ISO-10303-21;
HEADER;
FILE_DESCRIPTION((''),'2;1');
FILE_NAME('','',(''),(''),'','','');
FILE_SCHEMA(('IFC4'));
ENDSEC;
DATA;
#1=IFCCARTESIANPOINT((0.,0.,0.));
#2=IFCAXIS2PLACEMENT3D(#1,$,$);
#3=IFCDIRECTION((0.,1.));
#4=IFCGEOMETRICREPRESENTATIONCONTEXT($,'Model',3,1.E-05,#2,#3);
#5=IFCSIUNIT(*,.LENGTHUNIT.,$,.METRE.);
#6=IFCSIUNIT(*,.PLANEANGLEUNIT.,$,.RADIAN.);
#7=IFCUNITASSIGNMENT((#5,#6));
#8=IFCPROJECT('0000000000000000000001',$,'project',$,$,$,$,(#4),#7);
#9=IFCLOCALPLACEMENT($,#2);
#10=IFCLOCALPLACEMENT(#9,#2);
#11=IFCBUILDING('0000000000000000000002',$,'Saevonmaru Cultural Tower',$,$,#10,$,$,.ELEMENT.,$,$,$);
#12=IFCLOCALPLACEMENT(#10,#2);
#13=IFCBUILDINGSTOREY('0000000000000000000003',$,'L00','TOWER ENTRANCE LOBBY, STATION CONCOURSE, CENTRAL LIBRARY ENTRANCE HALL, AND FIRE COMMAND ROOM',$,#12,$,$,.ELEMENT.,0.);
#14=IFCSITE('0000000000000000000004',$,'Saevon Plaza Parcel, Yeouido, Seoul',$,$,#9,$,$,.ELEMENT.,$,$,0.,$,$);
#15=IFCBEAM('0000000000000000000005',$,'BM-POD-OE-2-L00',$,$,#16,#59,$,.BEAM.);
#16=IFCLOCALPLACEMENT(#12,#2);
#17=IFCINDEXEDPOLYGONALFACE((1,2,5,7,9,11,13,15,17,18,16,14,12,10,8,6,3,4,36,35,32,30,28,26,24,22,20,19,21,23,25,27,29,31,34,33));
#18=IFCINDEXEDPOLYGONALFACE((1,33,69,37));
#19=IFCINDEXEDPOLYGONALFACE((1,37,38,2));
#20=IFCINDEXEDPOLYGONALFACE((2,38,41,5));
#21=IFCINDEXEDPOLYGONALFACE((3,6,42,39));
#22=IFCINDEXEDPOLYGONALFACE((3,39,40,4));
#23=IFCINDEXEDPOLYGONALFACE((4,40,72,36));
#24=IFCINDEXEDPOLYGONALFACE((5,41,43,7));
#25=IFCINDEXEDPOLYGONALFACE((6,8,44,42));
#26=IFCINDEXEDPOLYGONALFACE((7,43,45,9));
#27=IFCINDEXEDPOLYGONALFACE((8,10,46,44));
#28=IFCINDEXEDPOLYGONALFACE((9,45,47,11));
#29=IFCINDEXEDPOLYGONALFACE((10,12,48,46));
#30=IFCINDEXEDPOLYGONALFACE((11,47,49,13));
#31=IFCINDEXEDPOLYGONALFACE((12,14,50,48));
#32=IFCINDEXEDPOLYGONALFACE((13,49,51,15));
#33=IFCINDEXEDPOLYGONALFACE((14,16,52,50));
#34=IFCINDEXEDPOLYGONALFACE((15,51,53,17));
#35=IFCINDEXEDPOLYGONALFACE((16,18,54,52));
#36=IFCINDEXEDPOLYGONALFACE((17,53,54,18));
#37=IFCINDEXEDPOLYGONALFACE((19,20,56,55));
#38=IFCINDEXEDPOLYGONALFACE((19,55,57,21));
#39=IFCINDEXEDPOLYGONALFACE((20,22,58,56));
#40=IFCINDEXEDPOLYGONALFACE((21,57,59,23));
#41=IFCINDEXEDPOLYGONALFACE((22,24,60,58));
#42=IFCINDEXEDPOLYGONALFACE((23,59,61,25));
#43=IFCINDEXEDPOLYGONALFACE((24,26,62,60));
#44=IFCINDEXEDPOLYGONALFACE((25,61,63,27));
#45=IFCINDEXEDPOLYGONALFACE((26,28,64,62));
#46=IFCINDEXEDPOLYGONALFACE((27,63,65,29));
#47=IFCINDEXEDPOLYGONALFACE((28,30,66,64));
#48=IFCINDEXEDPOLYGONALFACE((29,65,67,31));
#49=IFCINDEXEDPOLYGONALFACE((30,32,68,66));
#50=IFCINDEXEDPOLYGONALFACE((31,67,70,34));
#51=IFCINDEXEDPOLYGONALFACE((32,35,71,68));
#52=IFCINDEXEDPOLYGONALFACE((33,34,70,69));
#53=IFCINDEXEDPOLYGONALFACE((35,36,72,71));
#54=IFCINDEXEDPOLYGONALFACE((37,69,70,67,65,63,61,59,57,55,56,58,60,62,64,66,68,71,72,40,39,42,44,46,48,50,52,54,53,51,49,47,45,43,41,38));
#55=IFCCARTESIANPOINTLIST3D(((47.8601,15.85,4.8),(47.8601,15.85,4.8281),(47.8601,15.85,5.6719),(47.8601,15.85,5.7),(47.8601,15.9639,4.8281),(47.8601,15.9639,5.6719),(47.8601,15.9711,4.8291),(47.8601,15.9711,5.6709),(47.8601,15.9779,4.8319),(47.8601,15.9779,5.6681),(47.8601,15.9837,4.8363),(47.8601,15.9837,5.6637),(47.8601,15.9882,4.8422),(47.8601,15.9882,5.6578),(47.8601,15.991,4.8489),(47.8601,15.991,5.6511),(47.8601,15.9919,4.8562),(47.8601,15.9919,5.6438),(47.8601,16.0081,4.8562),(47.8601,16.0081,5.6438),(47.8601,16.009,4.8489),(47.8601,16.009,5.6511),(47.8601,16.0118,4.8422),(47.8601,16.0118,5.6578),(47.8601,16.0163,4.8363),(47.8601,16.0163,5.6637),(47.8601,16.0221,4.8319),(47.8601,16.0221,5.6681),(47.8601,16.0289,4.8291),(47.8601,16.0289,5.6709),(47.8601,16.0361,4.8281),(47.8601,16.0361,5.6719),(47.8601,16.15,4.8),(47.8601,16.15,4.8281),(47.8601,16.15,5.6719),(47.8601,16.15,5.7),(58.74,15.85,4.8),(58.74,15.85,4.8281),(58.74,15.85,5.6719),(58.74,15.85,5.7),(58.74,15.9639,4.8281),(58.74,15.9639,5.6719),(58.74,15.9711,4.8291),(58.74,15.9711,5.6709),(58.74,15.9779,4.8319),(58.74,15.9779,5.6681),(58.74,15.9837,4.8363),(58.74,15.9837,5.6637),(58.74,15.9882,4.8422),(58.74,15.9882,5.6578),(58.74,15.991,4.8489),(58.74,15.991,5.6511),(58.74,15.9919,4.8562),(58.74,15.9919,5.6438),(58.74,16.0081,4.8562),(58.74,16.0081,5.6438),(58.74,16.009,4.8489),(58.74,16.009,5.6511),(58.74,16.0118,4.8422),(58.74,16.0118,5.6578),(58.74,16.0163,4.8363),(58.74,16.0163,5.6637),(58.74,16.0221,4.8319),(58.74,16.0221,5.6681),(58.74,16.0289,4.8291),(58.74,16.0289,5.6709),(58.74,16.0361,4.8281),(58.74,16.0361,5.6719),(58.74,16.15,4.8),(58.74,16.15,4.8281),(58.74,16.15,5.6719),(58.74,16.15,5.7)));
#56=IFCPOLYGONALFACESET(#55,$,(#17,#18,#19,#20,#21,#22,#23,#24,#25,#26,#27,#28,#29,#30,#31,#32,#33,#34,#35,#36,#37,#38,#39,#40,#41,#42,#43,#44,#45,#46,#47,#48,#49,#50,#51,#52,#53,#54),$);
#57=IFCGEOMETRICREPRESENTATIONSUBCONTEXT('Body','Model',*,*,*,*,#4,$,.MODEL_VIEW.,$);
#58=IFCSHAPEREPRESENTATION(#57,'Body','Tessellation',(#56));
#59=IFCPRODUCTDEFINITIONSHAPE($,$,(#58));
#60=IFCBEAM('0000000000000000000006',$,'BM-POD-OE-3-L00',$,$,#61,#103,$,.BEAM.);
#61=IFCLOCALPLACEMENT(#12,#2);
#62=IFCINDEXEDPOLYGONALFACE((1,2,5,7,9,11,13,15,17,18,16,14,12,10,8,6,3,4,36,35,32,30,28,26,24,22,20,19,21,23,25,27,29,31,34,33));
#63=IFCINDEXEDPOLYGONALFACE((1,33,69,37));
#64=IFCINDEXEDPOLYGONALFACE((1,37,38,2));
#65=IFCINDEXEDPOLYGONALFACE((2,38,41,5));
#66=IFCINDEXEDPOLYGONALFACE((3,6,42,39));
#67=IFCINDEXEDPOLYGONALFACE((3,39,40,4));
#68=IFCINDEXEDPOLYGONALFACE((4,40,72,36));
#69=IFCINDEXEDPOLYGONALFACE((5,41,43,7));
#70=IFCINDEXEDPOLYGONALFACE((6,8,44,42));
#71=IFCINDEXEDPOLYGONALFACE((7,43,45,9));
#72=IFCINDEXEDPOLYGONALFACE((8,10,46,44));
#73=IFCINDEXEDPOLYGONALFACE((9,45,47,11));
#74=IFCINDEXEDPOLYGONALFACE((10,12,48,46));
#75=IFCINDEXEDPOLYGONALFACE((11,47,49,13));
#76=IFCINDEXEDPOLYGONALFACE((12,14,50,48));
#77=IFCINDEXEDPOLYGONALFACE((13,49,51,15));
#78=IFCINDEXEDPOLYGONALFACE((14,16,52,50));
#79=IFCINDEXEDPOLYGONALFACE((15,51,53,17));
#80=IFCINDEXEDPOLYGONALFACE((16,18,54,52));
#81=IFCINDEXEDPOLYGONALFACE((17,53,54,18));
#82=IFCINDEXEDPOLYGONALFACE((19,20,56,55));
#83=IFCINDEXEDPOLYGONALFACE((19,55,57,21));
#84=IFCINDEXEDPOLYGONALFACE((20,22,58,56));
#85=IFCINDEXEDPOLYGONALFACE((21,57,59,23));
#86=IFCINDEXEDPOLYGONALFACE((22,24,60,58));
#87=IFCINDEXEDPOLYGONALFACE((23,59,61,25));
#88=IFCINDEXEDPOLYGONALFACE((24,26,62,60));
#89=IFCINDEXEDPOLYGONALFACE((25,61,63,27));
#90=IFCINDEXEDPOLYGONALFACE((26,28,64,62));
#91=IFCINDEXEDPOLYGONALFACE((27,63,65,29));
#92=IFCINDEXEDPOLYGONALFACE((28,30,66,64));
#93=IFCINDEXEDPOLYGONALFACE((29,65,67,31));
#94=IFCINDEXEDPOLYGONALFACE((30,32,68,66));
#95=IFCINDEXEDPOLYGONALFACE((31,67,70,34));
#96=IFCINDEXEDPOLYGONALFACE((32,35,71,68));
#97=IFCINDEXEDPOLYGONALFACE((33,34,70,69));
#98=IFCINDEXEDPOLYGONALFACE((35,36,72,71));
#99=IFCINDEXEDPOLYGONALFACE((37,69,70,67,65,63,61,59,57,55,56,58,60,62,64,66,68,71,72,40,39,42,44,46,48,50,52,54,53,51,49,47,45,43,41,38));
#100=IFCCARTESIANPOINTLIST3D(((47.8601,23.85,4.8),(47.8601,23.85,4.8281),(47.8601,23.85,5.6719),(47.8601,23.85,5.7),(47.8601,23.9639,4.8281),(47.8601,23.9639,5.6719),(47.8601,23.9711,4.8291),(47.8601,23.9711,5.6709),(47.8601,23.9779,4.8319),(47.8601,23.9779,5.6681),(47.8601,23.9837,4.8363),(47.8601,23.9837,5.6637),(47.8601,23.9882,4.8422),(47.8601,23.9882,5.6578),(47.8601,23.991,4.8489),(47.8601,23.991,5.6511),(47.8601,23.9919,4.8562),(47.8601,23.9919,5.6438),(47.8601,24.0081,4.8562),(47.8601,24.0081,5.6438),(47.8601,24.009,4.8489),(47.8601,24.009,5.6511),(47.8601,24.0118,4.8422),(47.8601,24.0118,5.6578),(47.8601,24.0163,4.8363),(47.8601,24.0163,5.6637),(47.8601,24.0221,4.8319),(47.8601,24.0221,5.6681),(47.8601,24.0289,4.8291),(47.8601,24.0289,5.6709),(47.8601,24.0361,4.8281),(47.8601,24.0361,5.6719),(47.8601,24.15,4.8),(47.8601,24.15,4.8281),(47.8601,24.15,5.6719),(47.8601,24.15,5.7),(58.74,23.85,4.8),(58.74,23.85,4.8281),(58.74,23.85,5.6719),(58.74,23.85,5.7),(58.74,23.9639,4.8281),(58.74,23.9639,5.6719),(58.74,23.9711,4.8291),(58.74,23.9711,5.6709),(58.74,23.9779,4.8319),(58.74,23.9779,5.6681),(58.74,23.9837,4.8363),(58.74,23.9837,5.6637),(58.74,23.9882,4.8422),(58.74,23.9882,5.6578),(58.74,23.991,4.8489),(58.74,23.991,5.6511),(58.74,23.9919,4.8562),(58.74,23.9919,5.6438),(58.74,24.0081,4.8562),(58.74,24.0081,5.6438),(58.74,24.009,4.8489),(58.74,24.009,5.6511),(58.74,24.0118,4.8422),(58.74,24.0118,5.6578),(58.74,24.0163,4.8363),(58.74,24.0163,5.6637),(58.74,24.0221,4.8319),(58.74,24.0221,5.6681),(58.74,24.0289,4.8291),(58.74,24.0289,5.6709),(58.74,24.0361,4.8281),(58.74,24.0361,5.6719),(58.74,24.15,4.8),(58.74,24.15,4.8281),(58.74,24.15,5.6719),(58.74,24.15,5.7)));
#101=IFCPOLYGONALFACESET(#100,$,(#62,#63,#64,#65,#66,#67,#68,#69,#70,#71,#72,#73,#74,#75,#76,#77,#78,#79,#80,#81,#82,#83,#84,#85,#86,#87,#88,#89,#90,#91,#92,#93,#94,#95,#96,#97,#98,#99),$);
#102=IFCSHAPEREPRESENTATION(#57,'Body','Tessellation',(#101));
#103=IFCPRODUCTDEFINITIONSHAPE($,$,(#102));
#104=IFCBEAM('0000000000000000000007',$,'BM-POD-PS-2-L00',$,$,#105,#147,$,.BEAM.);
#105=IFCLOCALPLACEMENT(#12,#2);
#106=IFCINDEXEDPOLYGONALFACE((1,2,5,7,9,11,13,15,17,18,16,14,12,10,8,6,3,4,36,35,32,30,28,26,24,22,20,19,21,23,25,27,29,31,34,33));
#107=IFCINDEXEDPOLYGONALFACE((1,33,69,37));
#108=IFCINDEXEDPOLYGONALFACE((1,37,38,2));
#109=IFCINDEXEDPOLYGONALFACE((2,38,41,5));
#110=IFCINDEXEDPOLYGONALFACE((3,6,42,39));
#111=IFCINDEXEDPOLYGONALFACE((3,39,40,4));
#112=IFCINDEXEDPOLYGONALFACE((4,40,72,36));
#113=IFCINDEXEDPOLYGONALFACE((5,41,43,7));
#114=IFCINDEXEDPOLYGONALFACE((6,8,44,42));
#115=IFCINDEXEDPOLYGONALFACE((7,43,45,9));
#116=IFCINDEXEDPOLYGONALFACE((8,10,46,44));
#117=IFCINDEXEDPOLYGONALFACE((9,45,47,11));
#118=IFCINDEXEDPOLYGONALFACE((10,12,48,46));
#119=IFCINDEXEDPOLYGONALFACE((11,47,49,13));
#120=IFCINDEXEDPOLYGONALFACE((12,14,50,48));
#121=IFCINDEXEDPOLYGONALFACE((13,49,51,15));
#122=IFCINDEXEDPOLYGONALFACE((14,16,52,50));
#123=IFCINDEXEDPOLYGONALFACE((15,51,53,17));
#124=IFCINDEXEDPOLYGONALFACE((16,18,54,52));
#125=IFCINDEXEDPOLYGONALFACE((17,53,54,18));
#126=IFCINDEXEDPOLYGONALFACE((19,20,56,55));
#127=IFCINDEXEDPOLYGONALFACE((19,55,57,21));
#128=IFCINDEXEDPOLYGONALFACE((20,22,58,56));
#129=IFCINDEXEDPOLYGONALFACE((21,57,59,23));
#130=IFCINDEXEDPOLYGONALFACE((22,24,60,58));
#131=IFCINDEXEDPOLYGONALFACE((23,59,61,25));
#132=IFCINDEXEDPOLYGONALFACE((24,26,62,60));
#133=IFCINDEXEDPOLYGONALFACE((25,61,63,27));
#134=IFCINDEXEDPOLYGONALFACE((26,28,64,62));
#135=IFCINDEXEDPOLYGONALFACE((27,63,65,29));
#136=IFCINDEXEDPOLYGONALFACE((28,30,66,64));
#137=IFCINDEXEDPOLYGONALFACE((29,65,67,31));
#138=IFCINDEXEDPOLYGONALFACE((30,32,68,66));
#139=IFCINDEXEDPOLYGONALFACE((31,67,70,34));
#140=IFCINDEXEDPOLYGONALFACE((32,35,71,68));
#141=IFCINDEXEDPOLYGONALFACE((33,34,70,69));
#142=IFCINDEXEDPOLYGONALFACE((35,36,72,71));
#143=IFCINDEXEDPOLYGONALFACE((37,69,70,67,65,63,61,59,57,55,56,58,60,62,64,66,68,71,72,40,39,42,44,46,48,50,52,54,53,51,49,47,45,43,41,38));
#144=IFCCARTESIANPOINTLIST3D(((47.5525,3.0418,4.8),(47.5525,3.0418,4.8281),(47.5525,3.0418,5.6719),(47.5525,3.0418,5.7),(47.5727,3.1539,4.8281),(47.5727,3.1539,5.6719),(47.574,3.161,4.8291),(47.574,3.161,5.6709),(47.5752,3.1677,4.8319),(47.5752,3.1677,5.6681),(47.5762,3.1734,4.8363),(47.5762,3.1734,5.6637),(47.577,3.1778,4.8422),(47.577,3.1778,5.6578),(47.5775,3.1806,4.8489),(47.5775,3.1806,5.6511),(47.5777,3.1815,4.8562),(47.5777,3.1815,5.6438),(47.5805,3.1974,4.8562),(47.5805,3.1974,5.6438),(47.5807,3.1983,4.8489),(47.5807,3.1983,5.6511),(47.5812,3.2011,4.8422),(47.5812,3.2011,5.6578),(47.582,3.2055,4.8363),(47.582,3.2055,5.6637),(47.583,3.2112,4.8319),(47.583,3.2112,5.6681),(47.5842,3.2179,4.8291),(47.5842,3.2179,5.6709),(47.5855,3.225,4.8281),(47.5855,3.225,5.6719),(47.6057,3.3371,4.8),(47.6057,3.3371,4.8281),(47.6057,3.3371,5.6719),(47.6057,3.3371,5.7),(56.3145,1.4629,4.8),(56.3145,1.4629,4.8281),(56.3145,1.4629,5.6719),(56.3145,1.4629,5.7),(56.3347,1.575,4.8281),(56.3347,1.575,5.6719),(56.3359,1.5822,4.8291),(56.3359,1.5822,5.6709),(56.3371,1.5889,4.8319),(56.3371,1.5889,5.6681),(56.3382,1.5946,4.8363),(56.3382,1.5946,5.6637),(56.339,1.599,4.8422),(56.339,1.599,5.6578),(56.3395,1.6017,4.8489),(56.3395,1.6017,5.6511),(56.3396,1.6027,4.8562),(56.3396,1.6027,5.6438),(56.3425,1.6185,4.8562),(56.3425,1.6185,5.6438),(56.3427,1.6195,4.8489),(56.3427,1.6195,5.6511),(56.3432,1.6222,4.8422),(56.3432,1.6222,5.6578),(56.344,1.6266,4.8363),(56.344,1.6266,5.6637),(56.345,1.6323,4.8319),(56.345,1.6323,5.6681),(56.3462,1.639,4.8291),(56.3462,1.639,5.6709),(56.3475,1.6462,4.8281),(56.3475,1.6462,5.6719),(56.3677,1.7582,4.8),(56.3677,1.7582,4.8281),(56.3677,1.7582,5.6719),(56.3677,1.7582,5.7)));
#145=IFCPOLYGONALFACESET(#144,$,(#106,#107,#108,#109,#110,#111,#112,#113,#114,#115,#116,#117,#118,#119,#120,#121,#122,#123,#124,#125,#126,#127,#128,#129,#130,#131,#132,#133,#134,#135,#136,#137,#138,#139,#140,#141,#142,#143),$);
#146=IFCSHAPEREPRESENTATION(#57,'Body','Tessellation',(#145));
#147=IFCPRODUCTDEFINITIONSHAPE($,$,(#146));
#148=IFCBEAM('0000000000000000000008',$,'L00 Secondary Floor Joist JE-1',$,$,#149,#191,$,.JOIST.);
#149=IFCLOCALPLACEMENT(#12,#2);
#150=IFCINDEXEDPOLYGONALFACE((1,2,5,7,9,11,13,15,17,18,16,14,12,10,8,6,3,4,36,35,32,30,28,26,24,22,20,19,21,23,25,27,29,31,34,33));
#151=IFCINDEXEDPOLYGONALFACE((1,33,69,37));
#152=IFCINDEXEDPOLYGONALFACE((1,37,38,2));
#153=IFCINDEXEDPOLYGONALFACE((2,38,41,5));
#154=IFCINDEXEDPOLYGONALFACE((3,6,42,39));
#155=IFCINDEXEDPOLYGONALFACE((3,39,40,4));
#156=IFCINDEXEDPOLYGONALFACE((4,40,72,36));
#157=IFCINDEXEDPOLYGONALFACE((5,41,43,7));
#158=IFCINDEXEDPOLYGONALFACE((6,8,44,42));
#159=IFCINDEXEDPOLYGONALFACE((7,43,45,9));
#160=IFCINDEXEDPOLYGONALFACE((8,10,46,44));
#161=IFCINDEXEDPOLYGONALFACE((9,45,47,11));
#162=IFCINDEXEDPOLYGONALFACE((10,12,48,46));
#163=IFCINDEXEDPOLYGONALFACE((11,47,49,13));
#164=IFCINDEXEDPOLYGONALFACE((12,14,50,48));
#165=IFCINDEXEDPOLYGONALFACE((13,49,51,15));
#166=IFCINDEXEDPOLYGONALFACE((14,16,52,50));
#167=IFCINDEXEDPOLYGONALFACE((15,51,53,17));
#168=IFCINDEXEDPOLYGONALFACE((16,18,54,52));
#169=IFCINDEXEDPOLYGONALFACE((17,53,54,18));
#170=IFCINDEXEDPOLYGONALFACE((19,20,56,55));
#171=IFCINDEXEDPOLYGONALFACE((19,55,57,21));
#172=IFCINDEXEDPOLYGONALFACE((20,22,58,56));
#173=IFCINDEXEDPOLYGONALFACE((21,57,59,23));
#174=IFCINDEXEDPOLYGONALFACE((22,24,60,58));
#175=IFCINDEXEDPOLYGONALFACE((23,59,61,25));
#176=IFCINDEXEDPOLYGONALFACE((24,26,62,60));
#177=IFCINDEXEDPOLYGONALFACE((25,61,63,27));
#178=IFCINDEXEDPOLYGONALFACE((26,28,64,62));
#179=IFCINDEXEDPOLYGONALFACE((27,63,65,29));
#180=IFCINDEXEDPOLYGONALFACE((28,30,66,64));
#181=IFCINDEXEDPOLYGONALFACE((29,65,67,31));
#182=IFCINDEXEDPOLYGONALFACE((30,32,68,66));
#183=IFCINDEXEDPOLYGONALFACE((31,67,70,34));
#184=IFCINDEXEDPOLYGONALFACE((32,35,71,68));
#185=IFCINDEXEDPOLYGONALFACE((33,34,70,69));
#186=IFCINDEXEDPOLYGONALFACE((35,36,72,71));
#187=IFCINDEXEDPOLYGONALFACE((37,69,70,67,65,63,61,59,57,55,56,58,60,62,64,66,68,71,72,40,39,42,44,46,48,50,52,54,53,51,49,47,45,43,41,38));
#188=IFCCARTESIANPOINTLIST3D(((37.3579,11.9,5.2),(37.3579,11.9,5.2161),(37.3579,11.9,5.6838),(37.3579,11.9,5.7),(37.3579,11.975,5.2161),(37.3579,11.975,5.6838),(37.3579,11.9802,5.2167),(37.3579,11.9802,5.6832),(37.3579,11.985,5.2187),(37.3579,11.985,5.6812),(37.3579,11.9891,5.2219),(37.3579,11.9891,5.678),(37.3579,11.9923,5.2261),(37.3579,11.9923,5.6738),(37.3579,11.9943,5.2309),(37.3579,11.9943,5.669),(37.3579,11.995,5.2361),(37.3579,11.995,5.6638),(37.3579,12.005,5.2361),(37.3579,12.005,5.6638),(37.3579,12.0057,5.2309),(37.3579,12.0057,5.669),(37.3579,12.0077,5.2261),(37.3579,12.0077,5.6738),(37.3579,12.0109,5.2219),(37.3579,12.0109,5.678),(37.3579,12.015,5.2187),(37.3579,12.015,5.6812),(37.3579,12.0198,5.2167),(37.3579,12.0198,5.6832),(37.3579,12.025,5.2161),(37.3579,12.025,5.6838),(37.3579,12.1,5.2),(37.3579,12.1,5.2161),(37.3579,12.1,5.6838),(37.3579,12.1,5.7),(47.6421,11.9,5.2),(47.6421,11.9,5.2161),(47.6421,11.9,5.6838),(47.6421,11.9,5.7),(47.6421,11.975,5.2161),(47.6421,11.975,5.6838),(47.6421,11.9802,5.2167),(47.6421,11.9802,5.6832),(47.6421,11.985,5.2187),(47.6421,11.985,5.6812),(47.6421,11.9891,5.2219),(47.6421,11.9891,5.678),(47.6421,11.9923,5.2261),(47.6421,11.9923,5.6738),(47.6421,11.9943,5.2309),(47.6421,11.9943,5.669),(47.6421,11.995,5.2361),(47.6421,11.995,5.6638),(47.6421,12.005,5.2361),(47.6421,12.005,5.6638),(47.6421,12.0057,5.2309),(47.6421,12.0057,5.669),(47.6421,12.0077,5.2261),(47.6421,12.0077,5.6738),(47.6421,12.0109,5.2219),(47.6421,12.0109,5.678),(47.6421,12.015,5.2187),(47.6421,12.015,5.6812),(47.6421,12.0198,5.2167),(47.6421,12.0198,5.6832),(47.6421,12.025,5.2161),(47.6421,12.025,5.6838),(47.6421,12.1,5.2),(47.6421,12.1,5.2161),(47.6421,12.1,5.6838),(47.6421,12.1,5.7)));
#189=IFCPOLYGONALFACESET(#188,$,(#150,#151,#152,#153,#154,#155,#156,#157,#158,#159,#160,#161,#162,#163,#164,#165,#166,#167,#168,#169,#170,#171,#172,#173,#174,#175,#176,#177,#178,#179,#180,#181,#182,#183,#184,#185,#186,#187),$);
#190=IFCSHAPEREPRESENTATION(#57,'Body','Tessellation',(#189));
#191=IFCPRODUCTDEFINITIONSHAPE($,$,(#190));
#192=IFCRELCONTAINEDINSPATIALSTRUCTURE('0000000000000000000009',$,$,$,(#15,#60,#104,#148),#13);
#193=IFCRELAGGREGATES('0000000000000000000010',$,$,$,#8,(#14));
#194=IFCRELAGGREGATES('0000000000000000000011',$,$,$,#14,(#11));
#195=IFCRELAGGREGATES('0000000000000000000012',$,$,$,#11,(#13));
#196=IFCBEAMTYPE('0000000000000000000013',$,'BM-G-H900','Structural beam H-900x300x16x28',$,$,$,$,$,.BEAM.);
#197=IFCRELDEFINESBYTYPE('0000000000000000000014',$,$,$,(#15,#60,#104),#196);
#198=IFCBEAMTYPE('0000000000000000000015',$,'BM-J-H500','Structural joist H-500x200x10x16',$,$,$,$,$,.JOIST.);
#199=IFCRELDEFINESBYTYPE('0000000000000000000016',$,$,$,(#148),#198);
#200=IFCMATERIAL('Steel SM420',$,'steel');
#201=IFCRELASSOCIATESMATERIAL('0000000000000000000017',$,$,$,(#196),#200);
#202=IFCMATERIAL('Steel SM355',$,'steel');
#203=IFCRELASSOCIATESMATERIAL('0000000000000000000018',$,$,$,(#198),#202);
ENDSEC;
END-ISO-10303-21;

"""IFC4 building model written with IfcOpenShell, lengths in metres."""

from ifc_helpers import new_model, si_unit, direction, frame, origin, origin_2d, place, context, subcontext, project, spatial, i_section, extrude, material, material_profile, profile_set, type_object, element, save


model = new_model("IFC4")

# Units and contexts
model_context = context("Model", 3, precision=1e-05, world=origin(), true_north=direction((0.0, 1.0)))
body_context = subcontext(model_context, "Body", "Model", "MODEL_VIEW")
ifc_project = project(units=[si_unit("LENGTHUNIT", "METRE"), si_unit("PLANEANGLEUNIT", "RADIAN")], contexts=[model_context])

# Site, building, storey
site_placement = place(None, origin())
site = spatial("IfcSite", under=ifc_project, at=site_placement, Name="Saevon Plaza Parcel, Yeouido, Seoul", CompositionType="ELEMENT", RefElevation=0.0)
building_placement = place(site_placement, origin())
building = spatial("IfcBuilding", under=site, at=building_placement, Name="Saevonmaru Cultural Tower", CompositionType="ELEMENT")
storey_placement = place(building_placement, origin())
storey = spatial("IfcBuildingStorey", under=building, at=storey_placement, Name="L00", Description="TOWER ENTRANCE LOBBY, STATION CONCOURSE, CENTRAL LIBRARY ENTRANCE HALL, AND FIRE COMMAND ROOM", CompositionType="ELEMENT", Elevation=0.0)

# Beams
ifc_material_1 = material(Name="Steel SM420", Category="steel")
ifc_material_profile_1 = material_profile(ifc_material_1, i_section(OverallWidth=0.3, OverallDepth=0.8999, WebThickness=0.0161, FlangeThickness=0.0281, FilletRadius=0.0281, at=origin_2d()), Name="H-900x300x16x28")
ifc_profile_set_1 = profile_set([ifc_material_profile_1], Name="Steel SM420")
beam_type_1 = type_object("IfcBeamType", Name="BM-G-H900", Description="Structural beam H-900x300x16x28", PredefinedType="BEAM", material=ifc_profile_set_1)
for number, where, z_axis, x_axis, name in (
    (1, (47.8601, 16.0, 5.25), (1.0, 0.0, 0.0), (0.0, 1.0, 0.0), "BM-POD-OE-2-L00"),
    (2, (47.8601, 24.0, 5.25), (1.0, 0.0, 0.0), (0.0, 1.0, 0.0), "BM-POD-OE-3-L00"),
):
    element("IfcBeam", number, at=place(storey_placement, frame(where, z_axis=z_axis, x_axis=x_axis)), inside=storey, type_object=beam_type_1, Name=name, PredefinedType="BEAM", context=body_context, shape_type="SweptSolid", body=[
        extrude(i_section(OverallWidth=0.3, OverallDepth=0.8999, WebThickness=0.0161, FlangeThickness=0.0281, FilletRadius=0.0281, at=origin_2d()), origin(), (0.0, 0.0, 1.0), 10.8799),
    ])
beam_1_placement = place(storey_placement, frame((47.5791, 3.1895, 5.25), z_axis=(0.98415, -0.177338, 0.0), x_axis=(0.177338, 0.98415, 0.0)))
element("IfcBeam", 3, at=beam_1_placement, inside=storey, type_object=beam_type_1, Name="BM-POD-PS-2-L00", PredefinedType="BEAM", context=body_context, shape_type="SweptSolid", body=[
    extrude(i_section(OverallWidth=0.3, OverallDepth=0.8999, WebThickness=0.0161, FlangeThickness=0.0281, FilletRadius=0.0281, at=origin_2d()), origin(), (0.0, 0.0, 1.0), 8.9031),
])
ifc_material_2 = material(Name="Steel SM355", Category="steel")
ifc_material_profile_2 = material_profile(ifc_material_2, i_section(OverallWidth=0.2, OverallDepth=0.5, WebThickness=0.01, FlangeThickness=0.0161, FilletRadius=0.02, at=origin_2d()), Name="H-500x200x10x16")
ifc_profile_set_2 = profile_set([ifc_material_profile_2], Name="Steel SM355")
beam_type_2 = type_object("IfcBeamType", Name="BM-J-H500", Description="Structural joist H-500x200x10x16", PredefinedType="JOIST", material=ifc_profile_set_2)
for number, where, z_axis, x_axis, name in (
    (4, (37.3579, 12.0, 5.45), (1.0, 0.0, 0.0), (0.0, 1.0, 0.0), "L00 Secondary Floor Joist JE-1"),
):
    element("IfcBeam", number, at=place(storey_placement, frame(where, z_axis=z_axis, x_axis=x_axis)), inside=storey, type_object=beam_type_2, Name=name, PredefinedType="JOIST", context=body_context, shape_type="SweptSolid", body=[
        extrude(i_section(OverallWidth=0.2, OverallDepth=0.5, WebThickness=0.01, FlangeThickness=0.0161, FilletRadius=0.02, at=origin_2d()), origin(), (0.0, 0.0, 1.0), 10.2842),
    ])

save(model, "model.ifc")
